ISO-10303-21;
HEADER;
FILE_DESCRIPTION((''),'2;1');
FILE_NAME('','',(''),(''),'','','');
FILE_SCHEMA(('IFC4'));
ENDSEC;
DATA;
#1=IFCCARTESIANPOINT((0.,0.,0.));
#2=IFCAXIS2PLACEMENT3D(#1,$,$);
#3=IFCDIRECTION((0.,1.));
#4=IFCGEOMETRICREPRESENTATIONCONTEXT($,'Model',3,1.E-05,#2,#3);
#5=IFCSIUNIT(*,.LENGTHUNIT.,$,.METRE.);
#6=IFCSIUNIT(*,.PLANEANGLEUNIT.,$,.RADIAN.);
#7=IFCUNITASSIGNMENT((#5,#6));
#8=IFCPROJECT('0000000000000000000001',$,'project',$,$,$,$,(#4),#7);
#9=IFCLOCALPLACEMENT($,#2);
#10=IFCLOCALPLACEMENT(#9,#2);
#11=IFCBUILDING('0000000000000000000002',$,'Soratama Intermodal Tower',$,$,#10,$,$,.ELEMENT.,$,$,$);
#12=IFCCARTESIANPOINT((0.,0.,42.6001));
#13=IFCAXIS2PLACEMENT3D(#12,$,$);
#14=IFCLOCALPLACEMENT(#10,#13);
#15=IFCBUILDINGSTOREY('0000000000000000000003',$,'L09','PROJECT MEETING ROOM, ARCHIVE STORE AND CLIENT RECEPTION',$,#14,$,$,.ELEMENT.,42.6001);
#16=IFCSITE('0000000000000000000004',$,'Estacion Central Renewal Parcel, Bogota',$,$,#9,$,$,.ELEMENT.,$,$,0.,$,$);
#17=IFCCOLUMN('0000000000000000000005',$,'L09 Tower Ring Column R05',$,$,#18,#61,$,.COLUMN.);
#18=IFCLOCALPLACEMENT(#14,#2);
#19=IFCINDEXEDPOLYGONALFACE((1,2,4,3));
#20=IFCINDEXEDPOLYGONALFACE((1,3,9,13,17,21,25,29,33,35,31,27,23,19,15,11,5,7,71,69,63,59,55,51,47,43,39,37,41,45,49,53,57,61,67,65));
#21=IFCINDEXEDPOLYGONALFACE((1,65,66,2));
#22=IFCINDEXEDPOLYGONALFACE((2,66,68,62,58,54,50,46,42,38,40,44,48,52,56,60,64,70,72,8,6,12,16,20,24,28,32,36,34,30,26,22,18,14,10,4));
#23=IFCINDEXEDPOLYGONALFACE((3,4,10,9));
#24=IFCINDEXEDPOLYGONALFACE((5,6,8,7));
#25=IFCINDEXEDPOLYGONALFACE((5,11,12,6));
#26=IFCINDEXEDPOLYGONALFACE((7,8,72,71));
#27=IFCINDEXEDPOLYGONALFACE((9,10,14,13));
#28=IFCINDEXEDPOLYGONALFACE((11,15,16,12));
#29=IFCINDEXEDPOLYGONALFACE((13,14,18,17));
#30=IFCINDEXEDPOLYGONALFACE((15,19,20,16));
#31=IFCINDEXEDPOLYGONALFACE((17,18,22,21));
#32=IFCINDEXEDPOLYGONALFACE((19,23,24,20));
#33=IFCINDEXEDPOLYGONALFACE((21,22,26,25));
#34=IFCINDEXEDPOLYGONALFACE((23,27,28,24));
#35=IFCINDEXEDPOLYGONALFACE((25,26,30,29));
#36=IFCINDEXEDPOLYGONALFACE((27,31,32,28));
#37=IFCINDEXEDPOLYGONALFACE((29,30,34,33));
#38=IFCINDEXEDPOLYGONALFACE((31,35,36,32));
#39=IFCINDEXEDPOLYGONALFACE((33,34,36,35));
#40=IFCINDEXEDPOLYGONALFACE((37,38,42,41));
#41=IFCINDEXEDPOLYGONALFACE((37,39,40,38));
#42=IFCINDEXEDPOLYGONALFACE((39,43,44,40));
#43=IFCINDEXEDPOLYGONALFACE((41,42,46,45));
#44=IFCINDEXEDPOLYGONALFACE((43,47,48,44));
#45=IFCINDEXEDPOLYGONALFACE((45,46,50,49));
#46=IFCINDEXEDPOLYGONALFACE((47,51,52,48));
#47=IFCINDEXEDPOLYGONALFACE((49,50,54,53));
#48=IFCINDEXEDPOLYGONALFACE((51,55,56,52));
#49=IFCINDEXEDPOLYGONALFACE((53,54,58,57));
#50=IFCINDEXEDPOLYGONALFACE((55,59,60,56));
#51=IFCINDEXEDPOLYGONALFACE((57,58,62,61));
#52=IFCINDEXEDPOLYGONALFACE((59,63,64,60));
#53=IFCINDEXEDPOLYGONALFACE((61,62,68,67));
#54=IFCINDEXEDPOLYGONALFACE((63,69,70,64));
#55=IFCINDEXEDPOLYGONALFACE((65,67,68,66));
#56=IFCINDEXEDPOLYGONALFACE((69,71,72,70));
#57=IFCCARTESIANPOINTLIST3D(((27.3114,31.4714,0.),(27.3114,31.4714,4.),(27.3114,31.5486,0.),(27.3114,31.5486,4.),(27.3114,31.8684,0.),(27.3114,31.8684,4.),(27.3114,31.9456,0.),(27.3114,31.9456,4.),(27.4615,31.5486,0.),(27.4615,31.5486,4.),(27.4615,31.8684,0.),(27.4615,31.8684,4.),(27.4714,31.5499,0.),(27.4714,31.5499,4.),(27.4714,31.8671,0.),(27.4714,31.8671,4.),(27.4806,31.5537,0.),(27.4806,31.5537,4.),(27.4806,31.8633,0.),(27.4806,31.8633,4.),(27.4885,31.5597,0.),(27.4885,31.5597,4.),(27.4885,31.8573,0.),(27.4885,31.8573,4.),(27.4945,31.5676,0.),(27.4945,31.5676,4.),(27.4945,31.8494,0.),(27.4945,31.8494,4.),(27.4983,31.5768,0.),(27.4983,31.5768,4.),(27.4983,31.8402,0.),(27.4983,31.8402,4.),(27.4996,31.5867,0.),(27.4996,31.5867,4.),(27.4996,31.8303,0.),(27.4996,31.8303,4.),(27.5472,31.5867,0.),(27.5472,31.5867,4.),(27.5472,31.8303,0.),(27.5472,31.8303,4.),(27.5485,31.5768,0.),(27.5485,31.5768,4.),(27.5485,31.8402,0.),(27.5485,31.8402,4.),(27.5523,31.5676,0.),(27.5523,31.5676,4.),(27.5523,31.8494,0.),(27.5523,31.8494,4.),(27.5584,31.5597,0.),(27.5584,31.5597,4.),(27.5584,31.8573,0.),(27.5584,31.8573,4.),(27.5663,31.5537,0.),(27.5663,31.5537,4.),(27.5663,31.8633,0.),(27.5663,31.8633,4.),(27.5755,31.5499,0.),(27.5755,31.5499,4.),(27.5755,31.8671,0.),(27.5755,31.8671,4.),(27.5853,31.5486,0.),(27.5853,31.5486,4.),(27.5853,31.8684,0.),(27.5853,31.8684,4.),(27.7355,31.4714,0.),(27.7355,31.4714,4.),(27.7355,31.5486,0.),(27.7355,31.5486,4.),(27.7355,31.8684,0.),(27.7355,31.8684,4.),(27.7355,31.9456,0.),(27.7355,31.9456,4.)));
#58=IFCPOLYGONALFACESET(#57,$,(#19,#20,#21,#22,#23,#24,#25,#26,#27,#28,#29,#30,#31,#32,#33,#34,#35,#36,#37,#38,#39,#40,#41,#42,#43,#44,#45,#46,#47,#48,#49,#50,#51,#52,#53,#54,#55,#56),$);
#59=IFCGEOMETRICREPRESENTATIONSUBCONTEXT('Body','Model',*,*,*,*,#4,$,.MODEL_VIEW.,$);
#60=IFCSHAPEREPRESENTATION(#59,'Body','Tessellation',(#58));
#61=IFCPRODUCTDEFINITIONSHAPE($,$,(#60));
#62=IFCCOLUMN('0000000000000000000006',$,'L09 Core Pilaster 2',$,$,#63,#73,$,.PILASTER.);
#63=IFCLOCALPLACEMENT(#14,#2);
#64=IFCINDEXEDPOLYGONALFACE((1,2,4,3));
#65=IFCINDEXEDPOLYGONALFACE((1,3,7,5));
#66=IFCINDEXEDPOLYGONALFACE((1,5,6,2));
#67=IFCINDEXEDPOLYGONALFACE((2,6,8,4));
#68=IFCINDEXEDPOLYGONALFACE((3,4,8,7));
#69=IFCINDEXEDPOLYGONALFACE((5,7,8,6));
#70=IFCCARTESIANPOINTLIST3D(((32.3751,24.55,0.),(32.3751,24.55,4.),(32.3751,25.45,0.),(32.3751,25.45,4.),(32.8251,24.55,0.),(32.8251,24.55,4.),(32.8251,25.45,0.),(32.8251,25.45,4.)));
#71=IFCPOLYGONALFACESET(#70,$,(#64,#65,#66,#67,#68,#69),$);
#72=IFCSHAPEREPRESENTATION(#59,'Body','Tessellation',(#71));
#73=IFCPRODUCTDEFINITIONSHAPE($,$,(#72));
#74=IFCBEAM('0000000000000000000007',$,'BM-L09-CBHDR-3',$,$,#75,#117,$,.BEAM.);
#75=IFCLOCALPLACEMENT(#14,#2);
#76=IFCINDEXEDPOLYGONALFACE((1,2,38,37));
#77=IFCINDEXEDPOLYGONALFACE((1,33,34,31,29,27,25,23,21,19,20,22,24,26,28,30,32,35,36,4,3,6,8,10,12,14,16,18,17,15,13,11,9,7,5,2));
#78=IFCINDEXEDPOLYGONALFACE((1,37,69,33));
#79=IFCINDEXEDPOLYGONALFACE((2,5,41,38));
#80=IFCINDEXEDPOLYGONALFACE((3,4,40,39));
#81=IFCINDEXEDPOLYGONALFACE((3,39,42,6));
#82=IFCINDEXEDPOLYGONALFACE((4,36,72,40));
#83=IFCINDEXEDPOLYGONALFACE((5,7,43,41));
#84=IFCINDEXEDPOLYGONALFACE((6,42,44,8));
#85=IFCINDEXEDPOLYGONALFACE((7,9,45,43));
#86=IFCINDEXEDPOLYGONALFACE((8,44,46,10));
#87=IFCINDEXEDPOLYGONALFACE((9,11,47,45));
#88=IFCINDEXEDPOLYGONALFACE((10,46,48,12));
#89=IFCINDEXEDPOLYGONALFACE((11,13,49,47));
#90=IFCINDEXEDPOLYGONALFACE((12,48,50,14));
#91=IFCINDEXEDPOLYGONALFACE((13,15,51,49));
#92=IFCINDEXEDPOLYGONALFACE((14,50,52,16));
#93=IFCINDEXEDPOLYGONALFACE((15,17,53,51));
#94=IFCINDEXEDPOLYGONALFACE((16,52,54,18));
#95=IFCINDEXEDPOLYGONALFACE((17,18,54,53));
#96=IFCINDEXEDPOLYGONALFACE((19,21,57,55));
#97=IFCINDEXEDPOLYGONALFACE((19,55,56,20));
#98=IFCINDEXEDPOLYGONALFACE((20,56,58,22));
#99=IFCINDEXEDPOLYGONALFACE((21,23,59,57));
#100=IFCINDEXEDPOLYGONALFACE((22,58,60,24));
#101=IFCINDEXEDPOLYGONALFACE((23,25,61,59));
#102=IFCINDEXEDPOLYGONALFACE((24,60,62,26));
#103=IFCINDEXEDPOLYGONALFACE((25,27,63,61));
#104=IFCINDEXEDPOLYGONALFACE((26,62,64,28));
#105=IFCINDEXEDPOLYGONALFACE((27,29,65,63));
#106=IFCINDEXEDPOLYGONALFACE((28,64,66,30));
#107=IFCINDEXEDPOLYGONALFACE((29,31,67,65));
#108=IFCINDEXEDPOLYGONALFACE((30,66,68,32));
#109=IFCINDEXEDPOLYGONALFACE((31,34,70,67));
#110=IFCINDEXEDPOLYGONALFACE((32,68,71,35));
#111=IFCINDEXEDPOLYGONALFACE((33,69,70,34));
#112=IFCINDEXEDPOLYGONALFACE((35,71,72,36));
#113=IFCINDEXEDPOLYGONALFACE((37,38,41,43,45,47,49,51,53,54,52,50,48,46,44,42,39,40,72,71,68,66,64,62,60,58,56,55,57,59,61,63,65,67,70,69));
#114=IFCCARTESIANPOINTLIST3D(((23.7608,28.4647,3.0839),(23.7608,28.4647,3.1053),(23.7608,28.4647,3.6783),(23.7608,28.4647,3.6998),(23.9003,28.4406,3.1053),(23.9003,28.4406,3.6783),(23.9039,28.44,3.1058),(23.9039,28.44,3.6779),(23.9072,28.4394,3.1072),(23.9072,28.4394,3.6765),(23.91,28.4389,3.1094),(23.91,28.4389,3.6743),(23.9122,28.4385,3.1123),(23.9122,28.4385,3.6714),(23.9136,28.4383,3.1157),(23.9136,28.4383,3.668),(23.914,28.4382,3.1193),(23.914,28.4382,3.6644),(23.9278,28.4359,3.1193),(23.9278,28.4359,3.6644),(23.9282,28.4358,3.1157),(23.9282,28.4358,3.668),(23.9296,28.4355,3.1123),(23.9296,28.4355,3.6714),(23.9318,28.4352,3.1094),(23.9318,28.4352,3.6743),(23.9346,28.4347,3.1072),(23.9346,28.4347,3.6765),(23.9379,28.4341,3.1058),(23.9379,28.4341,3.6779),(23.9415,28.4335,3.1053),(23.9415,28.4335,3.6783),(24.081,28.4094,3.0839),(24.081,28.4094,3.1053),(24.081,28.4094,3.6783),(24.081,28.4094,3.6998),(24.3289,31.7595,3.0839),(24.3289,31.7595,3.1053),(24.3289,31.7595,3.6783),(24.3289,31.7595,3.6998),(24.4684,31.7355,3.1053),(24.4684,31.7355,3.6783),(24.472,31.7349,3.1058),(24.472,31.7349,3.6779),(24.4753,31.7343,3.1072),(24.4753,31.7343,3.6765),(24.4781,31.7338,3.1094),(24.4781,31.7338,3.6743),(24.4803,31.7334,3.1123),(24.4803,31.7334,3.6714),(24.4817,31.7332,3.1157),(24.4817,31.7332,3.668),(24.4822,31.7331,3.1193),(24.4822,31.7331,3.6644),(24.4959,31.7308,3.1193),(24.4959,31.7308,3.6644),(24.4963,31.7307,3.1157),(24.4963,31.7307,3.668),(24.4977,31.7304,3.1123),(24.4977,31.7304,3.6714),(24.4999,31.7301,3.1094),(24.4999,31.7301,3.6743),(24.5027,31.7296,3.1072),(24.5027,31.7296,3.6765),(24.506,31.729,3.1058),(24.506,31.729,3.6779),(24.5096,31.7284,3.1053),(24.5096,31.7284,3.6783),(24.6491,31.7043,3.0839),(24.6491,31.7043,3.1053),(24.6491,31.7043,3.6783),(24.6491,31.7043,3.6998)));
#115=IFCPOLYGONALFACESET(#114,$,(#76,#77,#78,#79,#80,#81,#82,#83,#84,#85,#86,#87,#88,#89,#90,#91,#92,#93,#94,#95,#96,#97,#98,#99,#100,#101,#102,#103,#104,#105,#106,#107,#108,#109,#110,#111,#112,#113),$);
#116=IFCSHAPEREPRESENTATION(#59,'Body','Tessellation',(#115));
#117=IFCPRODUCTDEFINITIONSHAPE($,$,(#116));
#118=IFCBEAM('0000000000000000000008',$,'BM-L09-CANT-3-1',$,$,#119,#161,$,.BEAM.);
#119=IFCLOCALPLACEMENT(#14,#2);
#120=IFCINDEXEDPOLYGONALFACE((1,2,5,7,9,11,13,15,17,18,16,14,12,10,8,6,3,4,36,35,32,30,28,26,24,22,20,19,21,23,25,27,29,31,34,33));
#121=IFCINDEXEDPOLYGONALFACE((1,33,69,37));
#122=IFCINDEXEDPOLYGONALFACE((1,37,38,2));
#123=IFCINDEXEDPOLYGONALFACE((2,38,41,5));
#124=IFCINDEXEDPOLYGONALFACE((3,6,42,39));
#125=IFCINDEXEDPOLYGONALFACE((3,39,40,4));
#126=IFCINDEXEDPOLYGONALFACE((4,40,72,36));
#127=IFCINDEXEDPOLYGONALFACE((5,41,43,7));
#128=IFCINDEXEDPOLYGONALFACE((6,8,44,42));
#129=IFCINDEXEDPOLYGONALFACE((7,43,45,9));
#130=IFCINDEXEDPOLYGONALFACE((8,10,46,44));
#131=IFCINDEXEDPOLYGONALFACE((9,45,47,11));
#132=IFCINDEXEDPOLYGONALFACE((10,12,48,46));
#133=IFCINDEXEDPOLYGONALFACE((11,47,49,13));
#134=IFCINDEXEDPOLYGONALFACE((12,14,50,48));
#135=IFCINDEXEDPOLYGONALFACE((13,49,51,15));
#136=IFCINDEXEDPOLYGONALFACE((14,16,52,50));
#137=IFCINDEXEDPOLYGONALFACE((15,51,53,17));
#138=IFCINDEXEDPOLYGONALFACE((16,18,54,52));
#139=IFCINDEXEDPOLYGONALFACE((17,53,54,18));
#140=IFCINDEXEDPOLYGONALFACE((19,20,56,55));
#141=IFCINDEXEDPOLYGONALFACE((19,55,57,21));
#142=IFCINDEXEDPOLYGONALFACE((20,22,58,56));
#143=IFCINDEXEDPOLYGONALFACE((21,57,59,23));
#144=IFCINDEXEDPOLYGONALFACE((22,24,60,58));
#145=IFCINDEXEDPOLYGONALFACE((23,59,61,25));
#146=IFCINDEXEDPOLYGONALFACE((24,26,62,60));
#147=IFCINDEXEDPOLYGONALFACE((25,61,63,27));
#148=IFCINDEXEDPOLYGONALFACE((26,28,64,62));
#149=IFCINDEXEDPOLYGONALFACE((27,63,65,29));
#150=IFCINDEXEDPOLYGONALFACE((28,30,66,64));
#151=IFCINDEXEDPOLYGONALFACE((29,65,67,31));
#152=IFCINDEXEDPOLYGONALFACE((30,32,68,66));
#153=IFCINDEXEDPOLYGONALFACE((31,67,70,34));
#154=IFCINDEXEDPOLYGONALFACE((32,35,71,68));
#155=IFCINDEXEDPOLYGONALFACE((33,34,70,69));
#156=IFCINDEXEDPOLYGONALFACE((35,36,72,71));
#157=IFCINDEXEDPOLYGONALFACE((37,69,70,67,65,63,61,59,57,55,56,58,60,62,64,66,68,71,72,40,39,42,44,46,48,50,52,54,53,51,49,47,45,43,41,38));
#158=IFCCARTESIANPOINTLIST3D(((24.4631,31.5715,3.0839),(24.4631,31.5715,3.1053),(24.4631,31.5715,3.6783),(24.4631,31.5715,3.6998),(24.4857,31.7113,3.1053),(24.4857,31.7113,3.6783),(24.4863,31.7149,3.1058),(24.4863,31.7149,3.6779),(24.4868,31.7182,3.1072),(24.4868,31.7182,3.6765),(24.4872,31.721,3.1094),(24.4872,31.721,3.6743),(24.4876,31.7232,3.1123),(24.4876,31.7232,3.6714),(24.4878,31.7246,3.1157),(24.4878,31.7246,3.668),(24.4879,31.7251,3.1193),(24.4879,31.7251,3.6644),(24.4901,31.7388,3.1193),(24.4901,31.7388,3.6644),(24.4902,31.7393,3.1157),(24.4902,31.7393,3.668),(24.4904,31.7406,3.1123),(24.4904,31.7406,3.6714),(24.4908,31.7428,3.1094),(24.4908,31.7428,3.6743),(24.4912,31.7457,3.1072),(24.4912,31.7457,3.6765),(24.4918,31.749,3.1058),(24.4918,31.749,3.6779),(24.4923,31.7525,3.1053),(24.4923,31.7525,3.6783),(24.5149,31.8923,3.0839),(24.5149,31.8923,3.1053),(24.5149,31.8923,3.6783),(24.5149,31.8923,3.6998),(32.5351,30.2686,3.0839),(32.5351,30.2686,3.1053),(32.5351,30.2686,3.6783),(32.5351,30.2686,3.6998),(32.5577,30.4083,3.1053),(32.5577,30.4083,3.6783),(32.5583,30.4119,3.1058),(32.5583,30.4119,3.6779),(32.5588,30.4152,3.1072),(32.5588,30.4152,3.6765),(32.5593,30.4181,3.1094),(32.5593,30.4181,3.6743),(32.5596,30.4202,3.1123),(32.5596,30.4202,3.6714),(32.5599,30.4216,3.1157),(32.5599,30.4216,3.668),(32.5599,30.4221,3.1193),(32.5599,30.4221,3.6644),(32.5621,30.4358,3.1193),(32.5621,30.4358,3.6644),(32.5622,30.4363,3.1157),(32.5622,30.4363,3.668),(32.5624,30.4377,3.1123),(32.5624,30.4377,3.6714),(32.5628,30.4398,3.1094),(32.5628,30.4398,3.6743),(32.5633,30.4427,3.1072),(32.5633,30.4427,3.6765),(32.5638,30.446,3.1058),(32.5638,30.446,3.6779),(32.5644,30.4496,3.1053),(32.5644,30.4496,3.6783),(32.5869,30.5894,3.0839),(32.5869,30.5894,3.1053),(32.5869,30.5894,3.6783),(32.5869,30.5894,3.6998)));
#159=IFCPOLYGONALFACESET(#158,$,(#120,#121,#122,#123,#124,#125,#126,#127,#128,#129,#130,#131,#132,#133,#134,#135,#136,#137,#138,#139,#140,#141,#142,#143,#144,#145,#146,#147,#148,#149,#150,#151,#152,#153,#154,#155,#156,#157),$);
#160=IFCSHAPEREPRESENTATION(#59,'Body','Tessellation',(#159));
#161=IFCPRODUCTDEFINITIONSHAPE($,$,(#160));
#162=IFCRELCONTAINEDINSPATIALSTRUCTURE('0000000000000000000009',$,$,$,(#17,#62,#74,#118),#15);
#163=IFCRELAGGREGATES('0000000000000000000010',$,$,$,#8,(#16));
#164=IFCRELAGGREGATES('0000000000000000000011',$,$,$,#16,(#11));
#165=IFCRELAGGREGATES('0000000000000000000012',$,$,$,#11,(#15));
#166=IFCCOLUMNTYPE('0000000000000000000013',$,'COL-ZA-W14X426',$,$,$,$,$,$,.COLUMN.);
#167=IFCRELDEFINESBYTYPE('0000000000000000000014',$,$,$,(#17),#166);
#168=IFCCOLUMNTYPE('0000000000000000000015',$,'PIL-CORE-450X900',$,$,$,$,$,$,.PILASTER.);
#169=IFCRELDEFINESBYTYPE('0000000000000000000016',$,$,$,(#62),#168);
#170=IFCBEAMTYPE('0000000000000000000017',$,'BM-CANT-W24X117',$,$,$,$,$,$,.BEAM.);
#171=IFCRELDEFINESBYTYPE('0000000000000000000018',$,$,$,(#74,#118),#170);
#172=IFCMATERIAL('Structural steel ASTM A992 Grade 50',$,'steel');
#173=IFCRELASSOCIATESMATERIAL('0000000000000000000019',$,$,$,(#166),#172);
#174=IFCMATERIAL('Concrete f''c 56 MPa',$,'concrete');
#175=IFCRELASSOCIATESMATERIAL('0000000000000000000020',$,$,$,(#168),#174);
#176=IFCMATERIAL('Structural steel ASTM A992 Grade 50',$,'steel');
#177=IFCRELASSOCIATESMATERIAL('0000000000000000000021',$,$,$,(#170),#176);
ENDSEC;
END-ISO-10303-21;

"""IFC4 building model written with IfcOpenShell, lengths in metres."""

from ifc_helpers import new_model, si_unit, direction, frame, origin, origin_2d, place, context, subcontext, project, spatial, rectangle, i_section, extrude, material, material_profile, profile_set, type_object, element, save


model = new_model("IFC4")

# Units and contexts
model_context = context("Model", 3, precision=1e-05, world=origin(), true_north=direction((0.0, 1.0)))
body_context = subcontext(model_context, "Body", "Model", "MODEL_VIEW")
ifc_project = project(units=[si_unit("LENGTHUNIT", "METRE"), si_unit("PLANEANGLEUNIT", "RADIAN")], contexts=[model_context])

# Site, building, storey
site_placement = place(None, origin())
site = spatial("IfcSite", under=ifc_project, at=site_placement, Name="Estacion Central Renewal Parcel, Bogota", CompositionType="ELEMENT", RefElevation=0.0)
building_placement = place(site_placement, origin())
building = spatial("IfcBuilding", under=site, at=building_placement, Name="Soratama Intermodal Tower", CompositionType="ELEMENT")
storey_placement = place(building_placement, frame((0.0, 0.0, 42.6001)))
storey = spatial("IfcBuildingStorey", under=building, at=storey_placement, Name="L09", Description="PROJECT MEETING ROOM, ARCHIVE STORE AND CLIENT RECEPTION", CompositionType="ELEMENT", Elevation=42.6001)

# Columns
ifc_material_1 = material(Name="Structural steel ASTM A992 Grade 50", Category="steel")
ifc_material_profile_1 = material_profile(ifc_material_1, i_section(OverallWidth=0.4241, OverallDepth=0.4741, WebThickness=0.0476, FlangeThickness=0.0771, FilletRadius=0.0381, at=origin_2d()), Name="W14X426")
ifc_profile_set_1 = profile_set([ifc_material_profile_1], Name="Structural steel ASTM A992 Grade 50")
column_type_1 = type_object("IfcColumnType", Name="COL-ZA-W14X426", PredefinedType="COLUMN", material=ifc_profile_set_1)
column_1_placement = place(storey_placement, frame((27.5234, 31.7085, 0.0), z_axis=(0.0, 0.0, 1.0), x_axis=(1.0, 0.0, 0.0)))
element("IfcColumn", 1, at=column_1_placement, inside=storey, type_object=column_type_1, Name="L09 Tower Ring Column R05", PredefinedType="COLUMN", context=body_context, shape_type="SweptSolid", body=[
    extrude(i_section(OverallWidth=0.4241, OverallDepth=0.4741, WebThickness=0.0476, FlangeThickness=0.0771, FilletRadius=0.0381, at=origin_2d()), origin(), (0.0, 0.0, 1.0), 4.0),
])
ifc_material_2 = material(Name="Concrete f'c 56 MPa", Category="concrete")
ifc_material_profile_2 = material_profile(ifc_material_2, rectangle(XDim=0.45, YDim=0.8999, at=origin_2d()), Name="RC450X900")
ifc_profile_set_2 = profile_set([ifc_material_profile_2], Name="Concrete f'c 56 MPa")
column_type_2 = type_object("IfcColumnType", Name="PIL-CORE-450X900", PredefinedType="PILASTER", material=ifc_profile_set_2)
column_2_placement = place(storey_placement, frame((32.6001, 25.0, 0.0), z_axis=(0.0, 0.0, 1.0), x_axis=(1.0, 0.0, 0.0)))
element("IfcColumn", 2, at=column_2_placement, inside=storey, type_object=column_type_2, Name="L09 Core Pilaster 2", PredefinedType="PILASTER", context=body_context, shape_type="SweptSolid", body=[
    extrude(rectangle(XDim=0.45, YDim=0.8999, at=origin_2d()), origin(), (0.0, 0.0, 1.0), 4.0),
])

# Beams
ifc_material_3 = material(Name="Structural steel ASTM A992 Grade 50", Category="steel")
ifc_material_profile_3 = material_profile(ifc_material_3, i_section(OverallWidth=0.325, OverallDepth=0.616, WebThickness=0.0139, FlangeThickness=0.0215, FilletRadius=0.0139, at=origin_2d()), Name="W24X117")
ifc_profile_set_3 = profile_set([ifc_material_profile_3], Name="Structural steel ASTM A992 Grade 50")
beam_type_1 = type_object("IfcBeamType", Name="BM-CANT-W24X117", PredefinedType="BEAM", material=ifc_profile_set_3)
beam_1_placement = place(storey_placement, frame((24.489, 31.7319, 3.3918), z_axis=(-0.169914, -0.985459, 0.0), x_axis=(0.985459, -0.169914, 0.0)))
element("IfcBeam", 3, at=beam_1_placement, inside=storey, type_object=beam_type_1, Name="BM-L09-CBHDR-3", PredefinedType="BEAM", context=body_context, shape_type="SweptSolid", body=[
    extrude(i_section(OverallWidth=0.325, OverallDepth=0.616, WebThickness=0.0139, FlangeThickness=0.0215, FilletRadius=0.0139, at=origin_2d()), origin(), (0.0, 0.0, 1.0), 3.3435),
])
beam_2_placement = place(storey_placement, frame((32.561, 30.429, 3.3918), z_axis=(-0.987221, 0.159356, 0.0), x_axis=(-0.159356, -0.987221, 0.0)))
element("IfcBeam", 4, at=beam_2_placement, inside=storey, type_object=beam_type_1, Name="BM-L09-CANT-3-1", PredefinedType="BEAM", context=body_context, shape_type="SweptSolid", body=[
    extrude(i_section(OverallWidth=0.325, OverallDepth=0.616, WebThickness=0.0139, FlangeThickness=0.0215, FilletRadius=0.0139, at=origin_2d()), origin(), (0.0, 0.0, 1.0), 8.1765),
])

save(model, "model.ifc")
